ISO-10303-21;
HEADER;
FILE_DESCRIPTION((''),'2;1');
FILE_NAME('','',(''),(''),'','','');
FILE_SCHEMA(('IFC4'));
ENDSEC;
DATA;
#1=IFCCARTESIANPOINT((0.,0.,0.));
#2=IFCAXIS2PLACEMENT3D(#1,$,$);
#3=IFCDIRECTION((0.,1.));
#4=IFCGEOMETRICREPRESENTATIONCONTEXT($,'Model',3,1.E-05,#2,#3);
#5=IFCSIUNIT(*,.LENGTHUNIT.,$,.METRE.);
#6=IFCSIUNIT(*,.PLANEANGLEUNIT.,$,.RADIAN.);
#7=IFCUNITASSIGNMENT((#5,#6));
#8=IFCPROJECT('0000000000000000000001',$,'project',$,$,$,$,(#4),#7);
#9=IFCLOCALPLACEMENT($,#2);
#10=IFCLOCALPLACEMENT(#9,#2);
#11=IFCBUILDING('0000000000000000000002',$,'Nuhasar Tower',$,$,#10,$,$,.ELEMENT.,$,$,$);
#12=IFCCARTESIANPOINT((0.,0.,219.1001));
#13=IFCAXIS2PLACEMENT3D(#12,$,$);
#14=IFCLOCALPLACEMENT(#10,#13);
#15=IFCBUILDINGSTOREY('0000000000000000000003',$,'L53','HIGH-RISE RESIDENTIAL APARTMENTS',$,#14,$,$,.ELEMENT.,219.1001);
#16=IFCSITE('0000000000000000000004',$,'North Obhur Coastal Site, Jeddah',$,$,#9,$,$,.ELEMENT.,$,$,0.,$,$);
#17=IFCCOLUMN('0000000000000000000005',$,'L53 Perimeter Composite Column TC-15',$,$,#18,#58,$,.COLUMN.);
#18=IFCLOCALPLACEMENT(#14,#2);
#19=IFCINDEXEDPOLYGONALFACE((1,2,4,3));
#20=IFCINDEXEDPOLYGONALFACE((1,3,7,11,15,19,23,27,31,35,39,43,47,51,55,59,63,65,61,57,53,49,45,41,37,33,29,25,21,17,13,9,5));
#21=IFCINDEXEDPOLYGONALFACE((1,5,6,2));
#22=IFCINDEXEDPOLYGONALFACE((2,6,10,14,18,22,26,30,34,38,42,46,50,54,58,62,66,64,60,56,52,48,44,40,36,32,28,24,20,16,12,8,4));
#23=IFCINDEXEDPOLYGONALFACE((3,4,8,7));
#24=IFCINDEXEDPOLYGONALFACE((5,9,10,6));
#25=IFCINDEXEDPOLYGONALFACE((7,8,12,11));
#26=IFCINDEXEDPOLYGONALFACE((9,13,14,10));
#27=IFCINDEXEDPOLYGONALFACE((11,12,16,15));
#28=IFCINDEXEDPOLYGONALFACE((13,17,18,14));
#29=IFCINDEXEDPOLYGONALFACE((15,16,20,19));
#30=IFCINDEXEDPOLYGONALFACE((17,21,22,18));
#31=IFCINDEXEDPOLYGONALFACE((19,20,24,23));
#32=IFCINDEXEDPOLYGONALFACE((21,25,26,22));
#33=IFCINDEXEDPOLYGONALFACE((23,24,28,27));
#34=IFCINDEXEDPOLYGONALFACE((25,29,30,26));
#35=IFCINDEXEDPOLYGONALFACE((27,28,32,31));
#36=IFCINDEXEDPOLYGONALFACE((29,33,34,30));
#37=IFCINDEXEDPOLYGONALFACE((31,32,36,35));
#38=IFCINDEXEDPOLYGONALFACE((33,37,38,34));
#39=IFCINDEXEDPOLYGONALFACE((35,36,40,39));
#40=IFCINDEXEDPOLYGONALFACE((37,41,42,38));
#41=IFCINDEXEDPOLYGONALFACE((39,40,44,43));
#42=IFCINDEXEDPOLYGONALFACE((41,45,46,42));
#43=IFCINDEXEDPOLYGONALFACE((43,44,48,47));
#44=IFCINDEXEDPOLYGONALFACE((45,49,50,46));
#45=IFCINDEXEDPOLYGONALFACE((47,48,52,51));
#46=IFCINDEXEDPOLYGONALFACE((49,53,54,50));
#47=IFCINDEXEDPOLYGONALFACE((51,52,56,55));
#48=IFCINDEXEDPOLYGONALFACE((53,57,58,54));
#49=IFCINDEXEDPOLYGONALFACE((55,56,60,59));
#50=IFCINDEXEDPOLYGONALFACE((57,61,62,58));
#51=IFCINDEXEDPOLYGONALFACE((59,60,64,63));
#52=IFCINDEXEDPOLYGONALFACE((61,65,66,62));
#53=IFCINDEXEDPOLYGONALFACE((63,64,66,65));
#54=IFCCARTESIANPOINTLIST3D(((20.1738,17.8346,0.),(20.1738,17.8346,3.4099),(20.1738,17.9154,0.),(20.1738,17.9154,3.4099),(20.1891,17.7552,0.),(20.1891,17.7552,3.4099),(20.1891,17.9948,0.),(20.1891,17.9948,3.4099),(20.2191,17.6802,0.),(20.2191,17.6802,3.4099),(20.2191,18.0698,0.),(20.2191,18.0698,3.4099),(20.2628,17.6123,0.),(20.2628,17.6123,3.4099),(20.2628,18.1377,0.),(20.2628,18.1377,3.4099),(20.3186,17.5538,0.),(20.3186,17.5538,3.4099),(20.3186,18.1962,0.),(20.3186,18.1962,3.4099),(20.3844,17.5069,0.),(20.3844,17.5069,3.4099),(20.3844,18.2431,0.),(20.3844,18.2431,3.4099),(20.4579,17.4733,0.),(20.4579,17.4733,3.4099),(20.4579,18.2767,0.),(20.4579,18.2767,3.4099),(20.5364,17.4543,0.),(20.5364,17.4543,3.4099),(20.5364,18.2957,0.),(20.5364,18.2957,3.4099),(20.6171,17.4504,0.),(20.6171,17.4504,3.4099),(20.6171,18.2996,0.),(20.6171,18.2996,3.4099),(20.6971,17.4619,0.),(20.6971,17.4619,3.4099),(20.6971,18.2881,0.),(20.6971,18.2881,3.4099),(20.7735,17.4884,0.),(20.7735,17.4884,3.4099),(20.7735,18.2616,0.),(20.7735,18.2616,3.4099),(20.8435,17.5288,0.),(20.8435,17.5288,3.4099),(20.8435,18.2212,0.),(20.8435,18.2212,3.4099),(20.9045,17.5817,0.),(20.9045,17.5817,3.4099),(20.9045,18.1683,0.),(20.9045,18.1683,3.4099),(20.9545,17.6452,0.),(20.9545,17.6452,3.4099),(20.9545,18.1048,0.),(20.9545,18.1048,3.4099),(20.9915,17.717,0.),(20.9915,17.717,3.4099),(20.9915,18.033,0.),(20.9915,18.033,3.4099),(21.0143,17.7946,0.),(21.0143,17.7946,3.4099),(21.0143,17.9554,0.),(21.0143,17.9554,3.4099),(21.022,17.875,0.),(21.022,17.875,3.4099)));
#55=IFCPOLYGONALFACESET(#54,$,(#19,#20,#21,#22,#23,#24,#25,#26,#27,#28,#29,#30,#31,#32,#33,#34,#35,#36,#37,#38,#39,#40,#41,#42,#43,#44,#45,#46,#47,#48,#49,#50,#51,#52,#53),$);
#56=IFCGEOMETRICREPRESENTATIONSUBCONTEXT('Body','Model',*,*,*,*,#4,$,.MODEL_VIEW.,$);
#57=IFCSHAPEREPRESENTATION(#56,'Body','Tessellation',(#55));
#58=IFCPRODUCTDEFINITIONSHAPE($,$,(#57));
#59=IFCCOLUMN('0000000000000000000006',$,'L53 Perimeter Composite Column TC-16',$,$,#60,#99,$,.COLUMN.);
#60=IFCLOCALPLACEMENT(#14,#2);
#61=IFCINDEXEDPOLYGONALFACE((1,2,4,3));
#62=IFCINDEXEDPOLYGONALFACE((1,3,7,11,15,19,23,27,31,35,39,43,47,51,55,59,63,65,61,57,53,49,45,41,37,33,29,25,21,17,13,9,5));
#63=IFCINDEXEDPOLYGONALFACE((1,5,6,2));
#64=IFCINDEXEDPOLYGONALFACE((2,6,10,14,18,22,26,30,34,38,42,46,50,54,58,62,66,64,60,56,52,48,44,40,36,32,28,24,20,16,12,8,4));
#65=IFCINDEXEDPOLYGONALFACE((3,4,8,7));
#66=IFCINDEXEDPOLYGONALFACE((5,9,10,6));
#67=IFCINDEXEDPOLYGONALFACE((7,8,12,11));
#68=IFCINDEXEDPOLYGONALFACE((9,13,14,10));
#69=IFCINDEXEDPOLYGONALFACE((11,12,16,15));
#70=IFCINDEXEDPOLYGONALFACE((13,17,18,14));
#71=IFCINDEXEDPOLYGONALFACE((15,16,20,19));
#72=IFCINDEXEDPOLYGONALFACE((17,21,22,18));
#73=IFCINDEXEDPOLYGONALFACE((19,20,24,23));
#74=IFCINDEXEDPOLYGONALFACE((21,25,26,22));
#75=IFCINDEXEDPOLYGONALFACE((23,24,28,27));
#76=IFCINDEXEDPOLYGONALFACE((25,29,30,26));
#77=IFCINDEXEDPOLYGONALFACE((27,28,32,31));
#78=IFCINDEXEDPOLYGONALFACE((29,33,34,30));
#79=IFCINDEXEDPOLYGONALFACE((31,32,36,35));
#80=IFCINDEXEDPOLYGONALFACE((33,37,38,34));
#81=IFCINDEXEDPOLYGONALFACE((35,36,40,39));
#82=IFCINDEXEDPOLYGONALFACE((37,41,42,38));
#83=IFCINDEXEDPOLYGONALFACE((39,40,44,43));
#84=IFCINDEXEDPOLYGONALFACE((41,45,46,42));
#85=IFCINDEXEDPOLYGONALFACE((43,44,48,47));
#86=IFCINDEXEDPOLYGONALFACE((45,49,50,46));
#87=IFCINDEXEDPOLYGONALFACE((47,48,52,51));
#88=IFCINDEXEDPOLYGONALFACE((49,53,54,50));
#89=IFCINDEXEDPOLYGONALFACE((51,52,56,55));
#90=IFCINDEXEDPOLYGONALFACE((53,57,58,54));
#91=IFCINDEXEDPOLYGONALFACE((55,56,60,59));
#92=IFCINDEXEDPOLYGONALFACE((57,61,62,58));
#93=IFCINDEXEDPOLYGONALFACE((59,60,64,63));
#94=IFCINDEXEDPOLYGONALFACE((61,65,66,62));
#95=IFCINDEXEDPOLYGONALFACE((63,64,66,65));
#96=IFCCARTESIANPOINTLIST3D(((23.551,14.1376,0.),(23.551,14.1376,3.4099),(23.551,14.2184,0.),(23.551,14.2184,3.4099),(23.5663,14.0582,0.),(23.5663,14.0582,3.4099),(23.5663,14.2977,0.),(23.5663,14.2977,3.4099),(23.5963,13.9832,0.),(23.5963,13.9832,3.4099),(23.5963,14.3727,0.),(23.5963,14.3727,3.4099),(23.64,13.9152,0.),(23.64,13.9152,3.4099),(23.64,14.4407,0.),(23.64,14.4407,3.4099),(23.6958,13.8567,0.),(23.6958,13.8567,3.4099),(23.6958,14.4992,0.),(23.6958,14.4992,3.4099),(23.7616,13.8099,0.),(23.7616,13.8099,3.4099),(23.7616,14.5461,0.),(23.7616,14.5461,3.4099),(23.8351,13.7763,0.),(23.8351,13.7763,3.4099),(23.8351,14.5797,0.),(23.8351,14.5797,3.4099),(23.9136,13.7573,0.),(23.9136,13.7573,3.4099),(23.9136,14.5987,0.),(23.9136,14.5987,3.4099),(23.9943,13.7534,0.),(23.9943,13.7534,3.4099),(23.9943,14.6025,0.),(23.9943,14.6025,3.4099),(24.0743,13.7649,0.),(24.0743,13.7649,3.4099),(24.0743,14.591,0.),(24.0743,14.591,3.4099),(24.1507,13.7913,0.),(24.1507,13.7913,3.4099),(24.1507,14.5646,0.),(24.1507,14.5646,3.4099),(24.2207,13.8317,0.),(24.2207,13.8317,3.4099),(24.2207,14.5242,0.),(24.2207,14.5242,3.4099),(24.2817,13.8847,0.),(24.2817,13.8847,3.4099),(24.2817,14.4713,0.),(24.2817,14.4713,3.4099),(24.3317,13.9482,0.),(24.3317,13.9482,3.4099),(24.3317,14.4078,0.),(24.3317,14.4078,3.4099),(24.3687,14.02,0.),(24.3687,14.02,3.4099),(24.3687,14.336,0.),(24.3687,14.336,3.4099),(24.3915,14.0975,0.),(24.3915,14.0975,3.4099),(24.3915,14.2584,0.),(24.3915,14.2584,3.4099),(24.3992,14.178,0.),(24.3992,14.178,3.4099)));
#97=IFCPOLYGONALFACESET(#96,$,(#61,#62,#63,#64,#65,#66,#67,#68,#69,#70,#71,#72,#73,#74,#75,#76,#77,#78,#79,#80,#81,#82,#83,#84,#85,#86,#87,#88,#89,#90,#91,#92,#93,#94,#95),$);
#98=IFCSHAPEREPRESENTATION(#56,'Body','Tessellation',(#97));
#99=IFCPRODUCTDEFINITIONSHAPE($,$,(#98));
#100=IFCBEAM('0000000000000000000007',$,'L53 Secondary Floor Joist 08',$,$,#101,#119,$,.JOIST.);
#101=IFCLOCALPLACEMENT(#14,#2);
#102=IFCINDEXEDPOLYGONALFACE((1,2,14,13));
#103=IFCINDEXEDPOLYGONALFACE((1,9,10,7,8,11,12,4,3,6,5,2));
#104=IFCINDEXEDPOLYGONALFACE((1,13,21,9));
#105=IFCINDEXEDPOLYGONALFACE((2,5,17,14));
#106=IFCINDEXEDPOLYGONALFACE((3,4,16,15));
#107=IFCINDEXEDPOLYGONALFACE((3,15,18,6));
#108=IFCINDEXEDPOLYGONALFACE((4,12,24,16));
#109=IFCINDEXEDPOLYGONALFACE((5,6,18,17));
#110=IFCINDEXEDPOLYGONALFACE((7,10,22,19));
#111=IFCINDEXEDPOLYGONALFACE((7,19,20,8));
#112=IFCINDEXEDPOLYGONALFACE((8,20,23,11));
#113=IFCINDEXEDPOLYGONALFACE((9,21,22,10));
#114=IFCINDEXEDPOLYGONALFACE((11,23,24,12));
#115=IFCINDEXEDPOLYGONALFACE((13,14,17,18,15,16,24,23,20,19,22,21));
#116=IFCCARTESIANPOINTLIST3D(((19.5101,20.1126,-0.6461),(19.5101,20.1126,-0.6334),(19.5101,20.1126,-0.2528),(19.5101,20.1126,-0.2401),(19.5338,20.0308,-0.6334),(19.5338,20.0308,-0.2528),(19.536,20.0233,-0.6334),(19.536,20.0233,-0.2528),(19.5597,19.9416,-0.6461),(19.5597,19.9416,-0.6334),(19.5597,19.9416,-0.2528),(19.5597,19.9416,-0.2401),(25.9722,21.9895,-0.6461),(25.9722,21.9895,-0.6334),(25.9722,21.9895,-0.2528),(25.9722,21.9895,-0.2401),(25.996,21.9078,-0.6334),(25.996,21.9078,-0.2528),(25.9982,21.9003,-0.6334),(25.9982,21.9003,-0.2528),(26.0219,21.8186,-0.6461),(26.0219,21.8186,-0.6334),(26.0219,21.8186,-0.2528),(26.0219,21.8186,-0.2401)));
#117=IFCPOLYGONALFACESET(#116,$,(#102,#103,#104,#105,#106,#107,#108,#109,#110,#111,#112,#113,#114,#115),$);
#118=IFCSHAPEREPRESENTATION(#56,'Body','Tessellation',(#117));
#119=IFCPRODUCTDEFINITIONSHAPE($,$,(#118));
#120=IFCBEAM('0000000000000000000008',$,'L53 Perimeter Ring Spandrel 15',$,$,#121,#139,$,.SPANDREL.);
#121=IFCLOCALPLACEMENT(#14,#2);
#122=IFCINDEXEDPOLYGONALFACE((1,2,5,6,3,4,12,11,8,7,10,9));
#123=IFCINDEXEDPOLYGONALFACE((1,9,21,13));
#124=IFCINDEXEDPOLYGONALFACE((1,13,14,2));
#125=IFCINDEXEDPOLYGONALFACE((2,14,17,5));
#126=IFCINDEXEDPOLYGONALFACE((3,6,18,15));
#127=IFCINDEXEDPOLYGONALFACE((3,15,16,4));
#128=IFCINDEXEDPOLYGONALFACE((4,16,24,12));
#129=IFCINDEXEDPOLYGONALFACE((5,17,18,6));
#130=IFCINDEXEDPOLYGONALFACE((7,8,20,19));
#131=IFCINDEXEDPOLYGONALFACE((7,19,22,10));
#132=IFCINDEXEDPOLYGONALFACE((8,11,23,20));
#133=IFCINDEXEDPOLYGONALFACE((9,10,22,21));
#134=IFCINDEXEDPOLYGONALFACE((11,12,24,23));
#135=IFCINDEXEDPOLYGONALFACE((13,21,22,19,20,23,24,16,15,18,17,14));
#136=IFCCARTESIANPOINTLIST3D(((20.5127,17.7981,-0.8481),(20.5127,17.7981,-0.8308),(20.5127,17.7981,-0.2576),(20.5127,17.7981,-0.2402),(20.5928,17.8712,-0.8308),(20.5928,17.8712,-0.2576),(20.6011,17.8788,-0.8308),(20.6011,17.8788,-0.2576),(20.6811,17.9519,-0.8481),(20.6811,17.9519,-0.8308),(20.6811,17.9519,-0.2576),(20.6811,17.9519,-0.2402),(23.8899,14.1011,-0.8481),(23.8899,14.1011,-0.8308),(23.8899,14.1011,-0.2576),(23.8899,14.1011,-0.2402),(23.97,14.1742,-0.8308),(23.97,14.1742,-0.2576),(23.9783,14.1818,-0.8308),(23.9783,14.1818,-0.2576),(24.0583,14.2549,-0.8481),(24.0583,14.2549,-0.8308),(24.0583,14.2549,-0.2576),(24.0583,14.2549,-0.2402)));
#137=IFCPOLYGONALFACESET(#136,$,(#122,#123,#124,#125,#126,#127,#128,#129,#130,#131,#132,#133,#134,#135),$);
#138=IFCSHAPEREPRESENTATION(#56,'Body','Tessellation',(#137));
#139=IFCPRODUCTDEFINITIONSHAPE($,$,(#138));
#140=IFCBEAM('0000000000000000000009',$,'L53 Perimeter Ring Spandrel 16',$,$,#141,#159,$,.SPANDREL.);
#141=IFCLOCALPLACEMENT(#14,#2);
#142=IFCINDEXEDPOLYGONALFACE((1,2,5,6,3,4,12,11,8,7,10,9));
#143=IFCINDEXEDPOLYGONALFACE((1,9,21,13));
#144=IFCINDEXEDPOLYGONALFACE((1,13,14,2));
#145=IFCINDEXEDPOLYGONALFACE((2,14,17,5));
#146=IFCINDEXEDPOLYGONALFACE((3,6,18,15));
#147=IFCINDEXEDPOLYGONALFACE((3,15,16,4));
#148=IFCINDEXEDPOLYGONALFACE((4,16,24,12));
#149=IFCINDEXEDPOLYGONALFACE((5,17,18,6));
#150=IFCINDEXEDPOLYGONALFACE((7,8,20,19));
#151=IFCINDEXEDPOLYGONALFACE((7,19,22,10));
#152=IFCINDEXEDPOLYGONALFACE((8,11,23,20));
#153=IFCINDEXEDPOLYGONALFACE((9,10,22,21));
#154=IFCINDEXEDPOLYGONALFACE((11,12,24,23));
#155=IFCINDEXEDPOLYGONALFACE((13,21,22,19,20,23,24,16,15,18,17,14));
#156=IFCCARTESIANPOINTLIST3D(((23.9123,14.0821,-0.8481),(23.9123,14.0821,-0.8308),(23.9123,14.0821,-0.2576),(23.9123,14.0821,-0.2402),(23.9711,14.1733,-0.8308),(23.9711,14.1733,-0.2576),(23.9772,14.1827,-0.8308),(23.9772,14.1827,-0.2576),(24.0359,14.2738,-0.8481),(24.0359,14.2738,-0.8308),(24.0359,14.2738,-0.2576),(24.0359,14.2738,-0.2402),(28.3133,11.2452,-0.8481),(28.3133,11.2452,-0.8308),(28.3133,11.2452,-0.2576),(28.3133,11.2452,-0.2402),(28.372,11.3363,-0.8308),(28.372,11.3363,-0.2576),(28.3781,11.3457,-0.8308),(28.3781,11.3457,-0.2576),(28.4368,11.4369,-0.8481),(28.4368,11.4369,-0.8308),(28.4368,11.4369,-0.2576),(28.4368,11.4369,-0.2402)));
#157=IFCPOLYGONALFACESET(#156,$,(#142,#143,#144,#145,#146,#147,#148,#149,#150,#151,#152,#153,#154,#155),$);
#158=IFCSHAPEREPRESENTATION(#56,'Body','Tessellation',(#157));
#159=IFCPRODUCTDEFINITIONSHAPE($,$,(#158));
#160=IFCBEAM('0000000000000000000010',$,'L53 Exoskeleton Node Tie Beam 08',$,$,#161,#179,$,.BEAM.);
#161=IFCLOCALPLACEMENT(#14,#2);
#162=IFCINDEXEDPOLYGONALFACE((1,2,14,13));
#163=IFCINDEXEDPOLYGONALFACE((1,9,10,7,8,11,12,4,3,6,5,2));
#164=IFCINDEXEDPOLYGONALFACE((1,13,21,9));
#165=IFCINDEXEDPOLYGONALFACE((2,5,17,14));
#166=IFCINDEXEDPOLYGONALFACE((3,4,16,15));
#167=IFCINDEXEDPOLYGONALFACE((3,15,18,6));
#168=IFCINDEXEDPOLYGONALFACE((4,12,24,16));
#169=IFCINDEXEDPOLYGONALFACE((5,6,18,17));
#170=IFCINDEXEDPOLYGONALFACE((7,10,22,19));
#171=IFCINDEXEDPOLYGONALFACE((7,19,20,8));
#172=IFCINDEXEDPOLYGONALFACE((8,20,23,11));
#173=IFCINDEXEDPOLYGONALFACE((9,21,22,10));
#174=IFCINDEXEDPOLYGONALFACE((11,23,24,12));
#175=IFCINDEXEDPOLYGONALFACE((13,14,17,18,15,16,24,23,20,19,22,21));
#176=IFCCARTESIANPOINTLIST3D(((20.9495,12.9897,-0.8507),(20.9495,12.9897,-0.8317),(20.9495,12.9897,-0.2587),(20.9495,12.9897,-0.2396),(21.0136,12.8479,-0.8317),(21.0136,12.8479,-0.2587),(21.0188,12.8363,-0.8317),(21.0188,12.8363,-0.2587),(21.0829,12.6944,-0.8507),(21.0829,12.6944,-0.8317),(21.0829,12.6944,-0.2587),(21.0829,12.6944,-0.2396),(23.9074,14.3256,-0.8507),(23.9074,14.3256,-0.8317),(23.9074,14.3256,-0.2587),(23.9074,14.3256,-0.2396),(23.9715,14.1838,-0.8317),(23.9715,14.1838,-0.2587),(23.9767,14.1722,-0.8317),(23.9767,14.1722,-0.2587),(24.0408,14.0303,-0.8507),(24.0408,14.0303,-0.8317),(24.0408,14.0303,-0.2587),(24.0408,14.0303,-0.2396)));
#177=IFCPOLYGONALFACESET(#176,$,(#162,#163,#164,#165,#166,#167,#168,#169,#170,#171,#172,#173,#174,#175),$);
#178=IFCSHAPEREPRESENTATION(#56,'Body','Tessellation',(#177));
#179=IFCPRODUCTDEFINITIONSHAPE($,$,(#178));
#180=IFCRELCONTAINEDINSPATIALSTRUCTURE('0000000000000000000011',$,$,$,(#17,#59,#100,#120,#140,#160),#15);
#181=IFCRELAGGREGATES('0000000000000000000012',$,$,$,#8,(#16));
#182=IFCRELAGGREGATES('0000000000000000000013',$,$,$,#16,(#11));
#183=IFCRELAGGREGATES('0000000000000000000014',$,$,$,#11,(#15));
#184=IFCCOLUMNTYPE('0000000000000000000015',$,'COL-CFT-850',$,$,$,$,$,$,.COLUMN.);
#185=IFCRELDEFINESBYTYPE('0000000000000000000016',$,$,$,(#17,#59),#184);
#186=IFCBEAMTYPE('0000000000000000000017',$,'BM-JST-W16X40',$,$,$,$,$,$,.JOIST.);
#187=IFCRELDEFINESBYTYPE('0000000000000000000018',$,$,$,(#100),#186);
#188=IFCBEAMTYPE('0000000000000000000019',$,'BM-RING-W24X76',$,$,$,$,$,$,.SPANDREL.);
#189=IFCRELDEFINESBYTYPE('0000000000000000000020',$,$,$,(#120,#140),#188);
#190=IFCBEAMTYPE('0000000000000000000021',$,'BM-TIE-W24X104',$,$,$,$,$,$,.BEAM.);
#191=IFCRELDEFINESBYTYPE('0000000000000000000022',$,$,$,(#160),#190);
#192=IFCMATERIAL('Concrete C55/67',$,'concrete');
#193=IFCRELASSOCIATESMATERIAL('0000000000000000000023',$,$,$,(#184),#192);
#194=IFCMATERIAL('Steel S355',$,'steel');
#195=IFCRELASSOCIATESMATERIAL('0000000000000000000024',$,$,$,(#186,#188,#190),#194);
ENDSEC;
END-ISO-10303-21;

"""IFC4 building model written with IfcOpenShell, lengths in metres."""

from ifc_helpers import new_model, si_unit, direction, frame, origin, origin_2d, place, context, subcontext, project, spatial, circle, i_section, extrude, material, material_profile, profile_set, type_object, element, save


model = new_model("IFC4")

# Units and contexts
model_context = context("Model", 3, precision=1e-05, world=origin(), true_north=direction((0.0, 1.0)))
body_context = subcontext(model_context, "Body", "Model", "MODEL_VIEW")
ifc_project = project(units=[si_unit("LENGTHUNIT", "METRE"), si_unit("PLANEANGLEUNIT", "RADIAN")], contexts=[model_context])

# Site, building, storey
site_placement = place(None, origin())
site = spatial("IfcSite", under=ifc_project, at=site_placement, Name="North Obhur Coastal Site, Jeddah", CompositionType="ELEMENT", RefElevation=0.0)
building_placement = place(site_placement, origin())
building = spatial("IfcBuilding", under=site, at=building_placement, Name="Nuhasar Tower", CompositionType="ELEMENT")
storey_placement = place(building_placement, frame((0.0, 0.0, 219.1001)))
storey = spatial("IfcBuildingStorey", under=building, at=storey_placement, Name="L53", Description="HIGH-RISE RESIDENTIAL APARTMENTS", CompositionType="ELEMENT", Elevation=219.1001)

# Columns
ifc_material_1 = material(Name="Concrete C55/67", Category="concrete")
ifc_material_profile_1 = material_profile(ifc_material_1, circle(Radius=0.425, at=origin_2d()), Name="CFT850")
ifc_profile_set_1 = profile_set([ifc_material_profile_1], Name="Concrete C55/67")
column_type = type_object("IfcColumnType", Name="COL-CFT-850", PredefinedType="COLUMN", material=ifc_profile_set_1)
for number, where, z_axis, x_axis, name in (
    (1, (20.5969, 17.875, 0.0), (0.0, 0.0, 1.0), (1.0, 0.0, 0.0), "L53 Perimeter Composite Column TC-15"),
    (2, (23.9741, 14.178, 0.0), (0.0, 0.0, 1.0), (1.0, 0.0, 0.0), "L53 Perimeter Composite Column TC-16"),
):
    element("IfcColumn", number, at=place(storey_placement, frame(where, z_axis=z_axis, x_axis=x_axis)), inside=storey, type_object=column_type, Name=name, PredefinedType="COLUMN", context=body_context, shape_type="SweptSolid", body=[
        extrude(circle(Radius=0.425, at=origin_2d()), origin(), (0.0, 0.0, 1.0), 3.4099),
    ])

# Beams
ifc_material_2 = material(Name="Steel S355", Category="steel")
ifc_material_profile_2 = material_profile(ifc_material_2, i_section(OverallWidth=0.178, OverallDepth=0.406, WebThickness=0.0078, FlangeThickness=0.0127, at=origin_2d()), Name="W16X40")
ifc_profile_set_2 = profile_set([ifc_material_profile_2], Name="Steel S355")
beam_type_1 = type_object("IfcBeamType", Name="BM-JST-W16X40", PredefinedType="JOIST", material=ifc_profile_set_2)
beam_1_placement = place(storey_placement, frame((25.9971, 21.9041, -0.4431), z_axis=(-0.960313, -0.278926, 0.0), x_axis=(0.278926, -0.960313, 0.0)))
element("IfcBeam", 3, at=beam_1_placement, inside=storey, type_object=beam_type_1, Name="L53 Secondary Floor Joist 08", PredefinedType="JOIST", context=body_context, shape_type="SweptSolid", body=[
    extrude(i_section(OverallWidth=0.178, OverallDepth=0.406, WebThickness=0.0078, FlangeThickness=0.0127, at=origin_2d()), origin(), (0.0, 0.0, 1.0), 6.7292),
])
ifc_material_profile_3 = material_profile(ifc_material_2, i_section(OverallWidth=0.228, OverallDepth=0.6079, WebThickness=0.0112, FlangeThickness=0.0173, at=origin_2d()), Name="W24X76")
ifc_profile_set_3 = profile_set([ifc_material_profile_3], Name="Steel S355")
beam_type_2 = type_object("IfcBeamType", Name="BM-RING-W24X76", PredefinedType="SPANDREL", material=ifc_profile_set_3)
beam_2_placement = place(storey_placement, frame((20.5969, 17.875, -0.5442), z_axis=(0.67445, -0.738321, 0.0), x_axis=(0.738321, 0.67445, 0.0)))
element("IfcBeam", 4, at=beam_2_placement, inside=storey, type_object=beam_type_2, Name="L53 Perimeter Ring Spandrel 15", PredefinedType="SPANDREL", context=body_context, shape_type="SweptSolid", body=[
    extrude(i_section(OverallWidth=0.228, OverallDepth=0.6079, WebThickness=0.0112, FlangeThickness=0.0173, at=origin_2d()), origin(), (0.0, 0.0, 1.0), 5.0073),
])
beam_3_placement = place(storey_placement, frame((23.9741, 14.178, -0.5442), z_axis=(0.840502, -0.541808, 0.0), x_axis=(0.541808, 0.840502, 0.0)))
element("IfcBeam", 5, at=beam_3_placement, inside=storey, type_object=beam_type_2, Name="L53 Perimeter Ring Spandrel 16", PredefinedType="SPANDREL", context=body_context, shape_type="SweptSolid", body=[
    extrude(i_section(OverallWidth=0.228, OverallDepth=0.6079, WebThickness=0.0112, FlangeThickness=0.0173, at=origin_2d()), origin(), (0.0, 0.0, 1.0), 5.2361),
])
ifc_material_profile_4 = material_profile(ifc_material_2, i_section(OverallWidth=0.324, OverallDepth=0.6111, WebThickness=0.0127, FlangeThickness=0.019, at=origin_2d()), Name="W24X104")
ifc_profile_set_4 = profile_set([ifc_material_profile_4], Name="Steel S355")
beam_type_3 = type_object("IfcBeamType", Name="BM-TIE-W24X104", PredefinedType="BEAM", material=ifc_profile_set_4)
beam_4_placement = place(storey_placement, frame((23.9741, 14.178, -0.5452), z_axis=(-0.911363, -0.411603, 0.0), x_axis=(0.411603, -0.911363, 0.0)))
element("IfcBeam", 6, at=beam_4_placement, inside=storey, type_object=beam_type_3, Name="L53 Exoskeleton Node Tie Beam 08", PredefinedType="BEAM", context=body_context, shape_type="SweptSolid", body=[
    extrude(i_section(OverallWidth=0.324, OverallDepth=0.6111, WebThickness=0.0127, FlangeThickness=0.019, at=origin_2d()), origin(), (0.0, 0.0, 1.0), 3.2456),
])

save(model, "model.ifc")
